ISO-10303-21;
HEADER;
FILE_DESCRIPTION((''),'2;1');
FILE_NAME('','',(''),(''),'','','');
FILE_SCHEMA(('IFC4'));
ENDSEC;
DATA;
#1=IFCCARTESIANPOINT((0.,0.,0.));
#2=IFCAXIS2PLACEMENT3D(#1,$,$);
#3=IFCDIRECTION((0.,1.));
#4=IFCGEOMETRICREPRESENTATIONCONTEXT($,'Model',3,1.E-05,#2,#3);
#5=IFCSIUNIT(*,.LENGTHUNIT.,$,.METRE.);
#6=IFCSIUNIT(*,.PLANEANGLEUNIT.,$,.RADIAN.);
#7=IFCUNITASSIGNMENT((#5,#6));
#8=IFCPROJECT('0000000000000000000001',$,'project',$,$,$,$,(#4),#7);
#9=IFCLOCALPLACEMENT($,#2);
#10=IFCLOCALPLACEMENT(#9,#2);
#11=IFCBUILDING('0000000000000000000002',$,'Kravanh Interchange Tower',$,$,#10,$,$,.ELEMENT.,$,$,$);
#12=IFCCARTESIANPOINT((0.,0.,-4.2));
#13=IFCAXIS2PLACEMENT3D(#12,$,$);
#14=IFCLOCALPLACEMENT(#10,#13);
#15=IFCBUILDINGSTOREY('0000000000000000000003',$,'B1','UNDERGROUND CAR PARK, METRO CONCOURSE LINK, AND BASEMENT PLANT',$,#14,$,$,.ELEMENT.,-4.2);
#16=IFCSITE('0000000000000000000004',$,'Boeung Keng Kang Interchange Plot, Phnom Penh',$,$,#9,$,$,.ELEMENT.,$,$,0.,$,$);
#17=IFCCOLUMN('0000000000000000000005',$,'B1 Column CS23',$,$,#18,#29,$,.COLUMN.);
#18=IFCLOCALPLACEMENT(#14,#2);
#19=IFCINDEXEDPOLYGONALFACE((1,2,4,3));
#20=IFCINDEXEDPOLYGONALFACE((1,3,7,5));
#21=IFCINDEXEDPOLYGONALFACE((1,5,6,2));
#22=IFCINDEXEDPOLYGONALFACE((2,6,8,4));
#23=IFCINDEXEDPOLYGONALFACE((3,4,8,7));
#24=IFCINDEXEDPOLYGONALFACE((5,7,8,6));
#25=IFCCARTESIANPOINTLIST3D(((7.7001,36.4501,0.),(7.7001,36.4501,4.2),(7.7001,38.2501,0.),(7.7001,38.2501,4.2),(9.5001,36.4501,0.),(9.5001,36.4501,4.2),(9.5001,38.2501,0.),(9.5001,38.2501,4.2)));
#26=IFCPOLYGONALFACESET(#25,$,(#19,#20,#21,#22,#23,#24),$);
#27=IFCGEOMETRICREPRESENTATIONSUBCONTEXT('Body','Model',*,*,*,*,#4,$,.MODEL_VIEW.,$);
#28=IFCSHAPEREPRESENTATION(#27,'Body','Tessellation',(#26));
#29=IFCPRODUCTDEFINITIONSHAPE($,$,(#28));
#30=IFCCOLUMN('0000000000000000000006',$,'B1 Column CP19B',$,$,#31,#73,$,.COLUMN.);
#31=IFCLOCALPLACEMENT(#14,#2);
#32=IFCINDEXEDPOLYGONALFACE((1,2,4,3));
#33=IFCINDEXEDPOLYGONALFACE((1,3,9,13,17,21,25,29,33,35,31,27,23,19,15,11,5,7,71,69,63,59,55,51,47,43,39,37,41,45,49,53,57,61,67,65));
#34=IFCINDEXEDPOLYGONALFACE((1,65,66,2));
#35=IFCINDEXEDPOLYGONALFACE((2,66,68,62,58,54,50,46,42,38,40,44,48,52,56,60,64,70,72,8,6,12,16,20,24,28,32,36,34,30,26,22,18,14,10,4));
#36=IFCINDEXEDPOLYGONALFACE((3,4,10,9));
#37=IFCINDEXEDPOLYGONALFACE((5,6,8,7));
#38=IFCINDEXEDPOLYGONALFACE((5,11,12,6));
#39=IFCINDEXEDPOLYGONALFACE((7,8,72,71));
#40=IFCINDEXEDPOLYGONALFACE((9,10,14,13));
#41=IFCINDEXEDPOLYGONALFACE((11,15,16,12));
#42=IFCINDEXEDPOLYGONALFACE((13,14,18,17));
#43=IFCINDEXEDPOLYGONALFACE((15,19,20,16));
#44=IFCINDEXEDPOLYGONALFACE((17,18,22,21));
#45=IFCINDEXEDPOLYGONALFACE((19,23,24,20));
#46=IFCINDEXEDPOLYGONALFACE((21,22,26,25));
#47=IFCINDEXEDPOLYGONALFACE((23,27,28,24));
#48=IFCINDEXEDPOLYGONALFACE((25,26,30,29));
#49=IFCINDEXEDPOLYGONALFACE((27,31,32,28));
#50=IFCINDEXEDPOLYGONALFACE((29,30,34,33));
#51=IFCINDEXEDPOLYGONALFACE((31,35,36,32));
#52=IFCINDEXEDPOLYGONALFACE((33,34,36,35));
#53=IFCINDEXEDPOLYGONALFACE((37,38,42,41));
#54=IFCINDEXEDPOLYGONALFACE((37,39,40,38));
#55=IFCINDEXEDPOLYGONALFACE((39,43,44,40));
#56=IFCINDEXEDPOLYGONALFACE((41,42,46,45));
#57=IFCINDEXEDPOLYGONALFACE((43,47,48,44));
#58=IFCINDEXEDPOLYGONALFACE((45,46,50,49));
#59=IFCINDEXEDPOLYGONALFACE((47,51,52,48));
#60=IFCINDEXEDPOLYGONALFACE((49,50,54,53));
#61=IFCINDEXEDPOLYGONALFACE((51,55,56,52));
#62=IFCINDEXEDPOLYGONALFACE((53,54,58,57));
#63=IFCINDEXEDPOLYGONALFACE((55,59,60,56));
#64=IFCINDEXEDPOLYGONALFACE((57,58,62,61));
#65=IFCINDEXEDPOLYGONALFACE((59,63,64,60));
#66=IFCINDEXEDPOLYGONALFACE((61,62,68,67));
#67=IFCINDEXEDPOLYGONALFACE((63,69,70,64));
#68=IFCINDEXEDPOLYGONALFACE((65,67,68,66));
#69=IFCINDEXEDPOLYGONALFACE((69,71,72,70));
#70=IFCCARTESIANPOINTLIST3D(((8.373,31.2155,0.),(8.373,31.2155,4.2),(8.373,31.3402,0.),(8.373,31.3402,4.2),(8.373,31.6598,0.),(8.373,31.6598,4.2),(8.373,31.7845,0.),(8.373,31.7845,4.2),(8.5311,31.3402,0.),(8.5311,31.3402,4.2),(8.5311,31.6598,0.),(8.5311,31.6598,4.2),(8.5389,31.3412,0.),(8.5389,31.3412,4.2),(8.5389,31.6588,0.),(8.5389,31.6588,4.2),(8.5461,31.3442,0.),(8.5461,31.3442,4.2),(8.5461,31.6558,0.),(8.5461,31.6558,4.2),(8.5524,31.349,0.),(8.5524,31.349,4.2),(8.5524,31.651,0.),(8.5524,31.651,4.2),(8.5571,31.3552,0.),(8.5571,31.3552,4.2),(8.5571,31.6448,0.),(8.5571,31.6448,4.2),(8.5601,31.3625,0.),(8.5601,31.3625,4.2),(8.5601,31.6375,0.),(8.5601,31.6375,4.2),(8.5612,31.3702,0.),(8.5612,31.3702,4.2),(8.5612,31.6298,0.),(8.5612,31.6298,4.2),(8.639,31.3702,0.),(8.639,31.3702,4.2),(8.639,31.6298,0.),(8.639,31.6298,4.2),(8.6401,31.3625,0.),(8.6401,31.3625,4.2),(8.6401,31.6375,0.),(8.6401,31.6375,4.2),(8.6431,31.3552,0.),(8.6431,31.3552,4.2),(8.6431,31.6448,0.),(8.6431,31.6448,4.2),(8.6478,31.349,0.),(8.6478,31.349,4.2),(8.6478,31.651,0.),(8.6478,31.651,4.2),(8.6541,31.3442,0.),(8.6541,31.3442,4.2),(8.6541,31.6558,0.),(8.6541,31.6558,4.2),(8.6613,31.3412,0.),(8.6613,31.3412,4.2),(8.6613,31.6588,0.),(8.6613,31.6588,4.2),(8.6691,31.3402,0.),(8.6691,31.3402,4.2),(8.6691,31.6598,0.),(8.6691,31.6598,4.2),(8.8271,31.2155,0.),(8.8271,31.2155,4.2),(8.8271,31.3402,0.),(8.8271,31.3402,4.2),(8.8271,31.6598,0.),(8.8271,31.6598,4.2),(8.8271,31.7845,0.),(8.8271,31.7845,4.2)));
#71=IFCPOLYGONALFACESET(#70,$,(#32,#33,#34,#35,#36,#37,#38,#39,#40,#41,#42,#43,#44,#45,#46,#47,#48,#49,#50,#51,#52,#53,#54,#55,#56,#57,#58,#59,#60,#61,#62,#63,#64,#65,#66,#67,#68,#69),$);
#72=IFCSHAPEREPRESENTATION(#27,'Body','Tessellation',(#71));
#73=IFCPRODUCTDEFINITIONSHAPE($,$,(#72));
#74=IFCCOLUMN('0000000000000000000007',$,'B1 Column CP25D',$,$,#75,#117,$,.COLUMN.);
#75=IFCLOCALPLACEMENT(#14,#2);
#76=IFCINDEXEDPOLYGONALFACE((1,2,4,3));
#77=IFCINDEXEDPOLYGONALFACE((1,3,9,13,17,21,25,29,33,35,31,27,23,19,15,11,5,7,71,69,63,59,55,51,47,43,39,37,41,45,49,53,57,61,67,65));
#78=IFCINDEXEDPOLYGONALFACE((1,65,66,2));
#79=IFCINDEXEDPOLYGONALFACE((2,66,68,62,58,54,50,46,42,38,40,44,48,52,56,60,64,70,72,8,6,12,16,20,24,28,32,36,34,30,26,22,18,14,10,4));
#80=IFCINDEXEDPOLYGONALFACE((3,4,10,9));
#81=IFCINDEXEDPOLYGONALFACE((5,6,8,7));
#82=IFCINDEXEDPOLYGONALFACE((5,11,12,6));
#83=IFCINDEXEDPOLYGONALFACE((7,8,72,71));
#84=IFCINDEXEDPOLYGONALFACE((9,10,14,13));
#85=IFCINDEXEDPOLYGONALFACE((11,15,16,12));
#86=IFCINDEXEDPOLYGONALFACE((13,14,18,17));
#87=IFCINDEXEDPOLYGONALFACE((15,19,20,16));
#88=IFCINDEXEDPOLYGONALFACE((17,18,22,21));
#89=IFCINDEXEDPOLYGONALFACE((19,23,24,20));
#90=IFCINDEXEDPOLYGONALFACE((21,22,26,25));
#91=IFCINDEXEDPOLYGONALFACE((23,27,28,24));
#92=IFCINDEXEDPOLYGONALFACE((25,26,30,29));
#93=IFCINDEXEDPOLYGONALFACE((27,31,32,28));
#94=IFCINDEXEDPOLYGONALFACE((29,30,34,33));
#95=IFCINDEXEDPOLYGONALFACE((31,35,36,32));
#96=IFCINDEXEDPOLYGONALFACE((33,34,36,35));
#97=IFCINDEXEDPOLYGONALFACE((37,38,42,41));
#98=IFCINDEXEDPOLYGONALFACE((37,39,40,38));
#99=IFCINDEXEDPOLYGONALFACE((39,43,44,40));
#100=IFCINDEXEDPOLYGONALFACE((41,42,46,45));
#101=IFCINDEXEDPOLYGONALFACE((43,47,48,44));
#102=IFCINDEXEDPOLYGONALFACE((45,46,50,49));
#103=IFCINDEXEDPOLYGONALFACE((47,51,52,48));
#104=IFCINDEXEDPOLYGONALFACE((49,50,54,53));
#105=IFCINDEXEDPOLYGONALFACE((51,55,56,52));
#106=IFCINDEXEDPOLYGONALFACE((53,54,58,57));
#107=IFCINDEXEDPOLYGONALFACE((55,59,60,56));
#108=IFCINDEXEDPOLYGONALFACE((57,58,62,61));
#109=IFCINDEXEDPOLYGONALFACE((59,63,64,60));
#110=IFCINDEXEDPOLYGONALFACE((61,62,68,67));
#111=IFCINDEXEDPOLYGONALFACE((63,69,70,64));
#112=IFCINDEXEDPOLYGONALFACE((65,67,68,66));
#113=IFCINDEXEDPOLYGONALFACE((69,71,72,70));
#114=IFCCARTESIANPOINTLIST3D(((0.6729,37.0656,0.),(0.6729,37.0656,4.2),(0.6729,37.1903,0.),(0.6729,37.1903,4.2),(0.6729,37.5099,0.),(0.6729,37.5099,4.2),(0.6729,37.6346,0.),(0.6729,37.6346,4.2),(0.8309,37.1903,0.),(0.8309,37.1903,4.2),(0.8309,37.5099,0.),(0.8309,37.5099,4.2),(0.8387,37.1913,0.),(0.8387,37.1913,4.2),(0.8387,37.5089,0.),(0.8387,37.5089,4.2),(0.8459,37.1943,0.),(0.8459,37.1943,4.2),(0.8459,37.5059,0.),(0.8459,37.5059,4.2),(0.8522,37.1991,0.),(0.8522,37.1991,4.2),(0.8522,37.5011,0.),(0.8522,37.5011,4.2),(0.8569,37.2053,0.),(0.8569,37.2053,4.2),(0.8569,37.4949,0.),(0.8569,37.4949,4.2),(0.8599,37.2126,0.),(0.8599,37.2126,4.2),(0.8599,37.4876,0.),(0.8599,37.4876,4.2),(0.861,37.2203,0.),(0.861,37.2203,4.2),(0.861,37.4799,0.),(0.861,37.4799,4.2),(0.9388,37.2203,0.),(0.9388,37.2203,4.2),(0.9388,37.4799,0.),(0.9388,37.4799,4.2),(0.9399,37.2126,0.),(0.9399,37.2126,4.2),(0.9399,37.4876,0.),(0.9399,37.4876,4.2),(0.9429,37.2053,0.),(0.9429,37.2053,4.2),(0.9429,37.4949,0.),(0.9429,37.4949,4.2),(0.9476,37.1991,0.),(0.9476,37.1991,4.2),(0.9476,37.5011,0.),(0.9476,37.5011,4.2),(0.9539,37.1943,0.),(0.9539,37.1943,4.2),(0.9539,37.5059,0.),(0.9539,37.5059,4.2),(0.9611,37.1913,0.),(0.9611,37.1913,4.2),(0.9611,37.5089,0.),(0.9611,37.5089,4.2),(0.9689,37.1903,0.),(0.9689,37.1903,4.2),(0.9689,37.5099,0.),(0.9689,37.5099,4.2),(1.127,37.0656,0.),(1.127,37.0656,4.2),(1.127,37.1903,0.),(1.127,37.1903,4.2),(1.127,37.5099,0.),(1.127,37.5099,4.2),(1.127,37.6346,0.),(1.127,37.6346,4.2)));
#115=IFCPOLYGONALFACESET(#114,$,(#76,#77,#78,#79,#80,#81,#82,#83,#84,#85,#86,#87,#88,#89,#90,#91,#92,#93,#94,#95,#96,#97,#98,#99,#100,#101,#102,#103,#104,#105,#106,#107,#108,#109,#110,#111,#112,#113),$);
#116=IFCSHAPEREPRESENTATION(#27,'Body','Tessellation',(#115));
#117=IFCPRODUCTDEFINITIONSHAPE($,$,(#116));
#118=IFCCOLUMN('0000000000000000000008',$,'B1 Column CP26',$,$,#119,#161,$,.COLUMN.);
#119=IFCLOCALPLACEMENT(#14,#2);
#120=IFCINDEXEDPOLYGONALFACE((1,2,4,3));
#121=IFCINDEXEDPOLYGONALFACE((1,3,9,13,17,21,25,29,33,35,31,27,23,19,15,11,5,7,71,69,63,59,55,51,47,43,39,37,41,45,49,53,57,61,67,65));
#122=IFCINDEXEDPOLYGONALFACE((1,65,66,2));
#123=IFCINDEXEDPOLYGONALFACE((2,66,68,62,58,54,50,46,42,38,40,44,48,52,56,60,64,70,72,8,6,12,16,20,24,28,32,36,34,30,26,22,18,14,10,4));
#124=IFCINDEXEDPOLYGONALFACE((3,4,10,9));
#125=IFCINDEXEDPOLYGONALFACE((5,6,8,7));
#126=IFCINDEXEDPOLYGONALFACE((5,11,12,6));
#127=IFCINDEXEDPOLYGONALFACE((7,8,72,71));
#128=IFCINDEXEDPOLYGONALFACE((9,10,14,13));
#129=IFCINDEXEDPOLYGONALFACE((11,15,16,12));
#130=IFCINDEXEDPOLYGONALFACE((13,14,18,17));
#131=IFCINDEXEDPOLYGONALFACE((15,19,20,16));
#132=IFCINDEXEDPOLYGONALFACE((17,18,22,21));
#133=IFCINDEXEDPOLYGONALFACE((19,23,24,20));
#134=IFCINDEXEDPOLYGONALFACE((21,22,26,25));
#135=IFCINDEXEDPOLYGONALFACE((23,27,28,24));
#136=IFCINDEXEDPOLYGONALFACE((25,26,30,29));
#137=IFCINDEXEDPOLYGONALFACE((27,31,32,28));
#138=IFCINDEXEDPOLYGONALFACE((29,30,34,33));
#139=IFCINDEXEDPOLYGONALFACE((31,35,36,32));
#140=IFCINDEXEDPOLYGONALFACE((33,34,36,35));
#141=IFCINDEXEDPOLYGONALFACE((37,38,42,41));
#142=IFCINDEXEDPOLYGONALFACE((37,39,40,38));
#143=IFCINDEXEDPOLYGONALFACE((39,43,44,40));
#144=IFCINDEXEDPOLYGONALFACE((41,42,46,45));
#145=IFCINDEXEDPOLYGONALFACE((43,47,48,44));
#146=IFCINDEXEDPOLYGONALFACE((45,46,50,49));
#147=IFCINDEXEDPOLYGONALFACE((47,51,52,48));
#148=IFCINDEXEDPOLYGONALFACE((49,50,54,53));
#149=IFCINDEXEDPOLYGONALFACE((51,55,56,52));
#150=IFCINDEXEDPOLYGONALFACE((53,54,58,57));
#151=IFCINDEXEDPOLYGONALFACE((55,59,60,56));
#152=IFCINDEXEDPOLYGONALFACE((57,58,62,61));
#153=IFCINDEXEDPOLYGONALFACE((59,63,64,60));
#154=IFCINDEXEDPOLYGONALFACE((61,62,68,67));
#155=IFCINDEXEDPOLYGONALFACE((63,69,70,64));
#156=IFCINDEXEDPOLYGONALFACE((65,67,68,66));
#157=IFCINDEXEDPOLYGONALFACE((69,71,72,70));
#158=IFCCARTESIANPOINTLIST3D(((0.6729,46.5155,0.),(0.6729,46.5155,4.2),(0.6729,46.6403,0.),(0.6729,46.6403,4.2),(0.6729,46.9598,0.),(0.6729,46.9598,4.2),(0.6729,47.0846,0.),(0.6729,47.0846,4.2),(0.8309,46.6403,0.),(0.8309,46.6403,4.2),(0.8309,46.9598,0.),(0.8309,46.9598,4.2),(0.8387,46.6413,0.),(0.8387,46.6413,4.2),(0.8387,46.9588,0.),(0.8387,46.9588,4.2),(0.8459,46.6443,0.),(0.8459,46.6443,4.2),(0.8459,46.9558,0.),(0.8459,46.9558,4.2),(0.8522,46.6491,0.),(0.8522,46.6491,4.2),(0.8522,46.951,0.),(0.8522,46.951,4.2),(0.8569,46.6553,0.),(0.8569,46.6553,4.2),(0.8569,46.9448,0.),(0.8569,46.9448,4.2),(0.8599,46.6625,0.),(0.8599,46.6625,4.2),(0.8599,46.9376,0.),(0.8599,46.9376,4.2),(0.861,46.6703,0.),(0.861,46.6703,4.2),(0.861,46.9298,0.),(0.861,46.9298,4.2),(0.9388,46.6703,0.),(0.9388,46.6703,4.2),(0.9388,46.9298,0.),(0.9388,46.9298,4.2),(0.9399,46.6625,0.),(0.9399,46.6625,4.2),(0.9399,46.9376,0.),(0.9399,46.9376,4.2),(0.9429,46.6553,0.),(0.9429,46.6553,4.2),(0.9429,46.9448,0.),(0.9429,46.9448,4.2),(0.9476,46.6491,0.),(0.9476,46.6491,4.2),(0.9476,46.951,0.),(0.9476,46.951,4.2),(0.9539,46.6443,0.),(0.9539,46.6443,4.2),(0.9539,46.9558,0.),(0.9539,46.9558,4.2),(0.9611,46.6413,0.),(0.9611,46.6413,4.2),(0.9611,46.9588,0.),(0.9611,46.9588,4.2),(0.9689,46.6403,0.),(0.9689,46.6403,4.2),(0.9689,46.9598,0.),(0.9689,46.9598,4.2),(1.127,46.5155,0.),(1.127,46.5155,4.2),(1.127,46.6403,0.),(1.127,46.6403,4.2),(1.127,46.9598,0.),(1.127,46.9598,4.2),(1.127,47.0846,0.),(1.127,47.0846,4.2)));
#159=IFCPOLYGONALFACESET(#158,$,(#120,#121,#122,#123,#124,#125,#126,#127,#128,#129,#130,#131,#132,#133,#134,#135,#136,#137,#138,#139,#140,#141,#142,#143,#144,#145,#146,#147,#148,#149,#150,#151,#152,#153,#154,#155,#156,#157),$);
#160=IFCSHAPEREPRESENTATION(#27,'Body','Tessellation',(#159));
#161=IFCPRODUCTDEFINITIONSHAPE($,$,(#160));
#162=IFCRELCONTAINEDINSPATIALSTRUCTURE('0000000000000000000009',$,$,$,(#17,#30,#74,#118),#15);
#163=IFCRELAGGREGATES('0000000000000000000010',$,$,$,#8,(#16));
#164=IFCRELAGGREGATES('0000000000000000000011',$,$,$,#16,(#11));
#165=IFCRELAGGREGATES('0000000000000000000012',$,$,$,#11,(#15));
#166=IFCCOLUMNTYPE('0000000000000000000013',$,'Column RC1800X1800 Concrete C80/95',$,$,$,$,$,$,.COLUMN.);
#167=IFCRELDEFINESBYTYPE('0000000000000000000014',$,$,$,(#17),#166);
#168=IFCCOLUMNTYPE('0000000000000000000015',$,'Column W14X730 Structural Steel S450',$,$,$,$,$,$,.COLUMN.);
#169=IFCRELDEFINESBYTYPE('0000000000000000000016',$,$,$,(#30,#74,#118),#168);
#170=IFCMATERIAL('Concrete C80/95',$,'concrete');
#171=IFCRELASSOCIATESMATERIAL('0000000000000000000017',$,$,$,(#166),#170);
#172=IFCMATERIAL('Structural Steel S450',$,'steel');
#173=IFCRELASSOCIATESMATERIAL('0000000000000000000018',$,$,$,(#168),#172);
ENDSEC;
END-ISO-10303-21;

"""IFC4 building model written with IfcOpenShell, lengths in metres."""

from ifc_helpers import new_model, si_unit, direction, frame, origin, origin_2d, place, context, subcontext, project, spatial, rectangle, i_section, extrude, material, material_profile, profile_set, type_object, element, save


model = new_model("IFC4")

# Units and contexts
model_context = context("Model", 3, precision=1e-05, world=origin(), true_north=direction((0.0, 1.0)))
body_context = subcontext(model_context, "Body", "Model", "MODEL_VIEW")
ifc_project = project(units=[si_unit("LENGTHUNIT", "METRE"), si_unit("PLANEANGLEUNIT", "RADIAN")], contexts=[model_context])

# Site, building, storey
site_placement = place(None, origin())
site = spatial("IfcSite", under=ifc_project, at=site_placement, Name="Boeung Keng Kang Interchange Plot, Phnom Penh", CompositionType="ELEMENT", RefElevation=0.0)
building_placement = place(site_placement, origin())
building = spatial("IfcBuilding", under=site, at=building_placement, Name="Kravanh Interchange Tower", CompositionType="ELEMENT")
storey_placement = place(building_placement, frame((0.0, 0.0, -4.2)))
storey = spatial("IfcBuildingStorey", under=building, at=storey_placement, Name="B1", Description="UNDERGROUND CAR PARK, METRO CONCOURSE LINK, AND BASEMENT PLANT", CompositionType="ELEMENT", Elevation=-4.2)

# Columns
ifc_material_1 = material(Name="Concrete C80/95", Category="concrete")
ifc_material_profile_1 = material_profile(ifc_material_1, rectangle(XDim=1.8, YDim=1.8, at=origin_2d()), Name="RC1800X1800")
ifc_profile_set_1 = profile_set([ifc_material_profile_1], Name="Concrete C80/95")
column_type_1 = type_object("IfcColumnType", Name="Column RC1800X1800 Concrete C80/95", PredefinedType="COLUMN", material=ifc_profile_set_1)
column_placement = place(storey_placement, frame((8.6001, 37.3501, 0.0), z_axis=(0.0, 0.0, 1.0), x_axis=(1.0, 0.0, 0.0)))
element("IfcColumn", 1, at=column_placement, inside=storey, type_object=column_type_1, Name="B1 Column CS23", PredefinedType="COLUMN", context=body_context, shape_type="SweptSolid", body=[
    extrude(rectangle(XDim=1.8, YDim=1.8, at=origin_2d()), origin(), (0.0, 0.0, 1.0), 4.2),
])
ifc_material_2 = material(Name="Structural Steel S450", Category="steel")
ifc_material_profile_2 = material_profile(ifc_material_2, i_section(OverallWidth=0.4541, OverallDepth=0.5691, WebThickness=0.0779, FlangeThickness=0.1248, FilletRadius=0.03, at=origin_2d()), Name="W14X730")
ifc_profile_set_2 = profile_set([ifc_material_profile_2], Name="Structural Steel S450")
column_type_2 = type_object("IfcColumnType", Name="Column W14X730 Structural Steel S450", PredefinedType="COLUMN", material=ifc_profile_set_2)
for number, where, z_axis, x_axis, name in (
    (2, (8.6001, 31.5, 0.0), (0.0, 0.0, 1.0), (1.0, 0.0, 0.0), "B1 Column CP19B"),
    (3, (0.8999, 37.3501, 0.0), (0.0, 0.0, 1.0), (1.0, 0.0, 0.0), "B1 Column CP25D"),
    (4, (0.8999, 46.8, 0.0), (0.0, 0.0, 1.0), (1.0, 0.0, 0.0), "B1 Column CP26"),
):
    element("IfcColumn", number, at=place(storey_placement, frame(where, z_axis=z_axis, x_axis=x_axis)), inside=storey, type_object=column_type_2, Name=name, PredefinedType="COLUMN", context=body_context, shape_type="SweptSolid", body=[
        extrude(i_section(OverallWidth=0.4541, OverallDepth=0.5691, WebThickness=0.0779, FlangeThickness=0.1248, FilletRadius=0.03, at=origin_2d()), origin(), (0.0, 0.0, 1.0), 4.2),
    ])

save(model, "model.ifc")
